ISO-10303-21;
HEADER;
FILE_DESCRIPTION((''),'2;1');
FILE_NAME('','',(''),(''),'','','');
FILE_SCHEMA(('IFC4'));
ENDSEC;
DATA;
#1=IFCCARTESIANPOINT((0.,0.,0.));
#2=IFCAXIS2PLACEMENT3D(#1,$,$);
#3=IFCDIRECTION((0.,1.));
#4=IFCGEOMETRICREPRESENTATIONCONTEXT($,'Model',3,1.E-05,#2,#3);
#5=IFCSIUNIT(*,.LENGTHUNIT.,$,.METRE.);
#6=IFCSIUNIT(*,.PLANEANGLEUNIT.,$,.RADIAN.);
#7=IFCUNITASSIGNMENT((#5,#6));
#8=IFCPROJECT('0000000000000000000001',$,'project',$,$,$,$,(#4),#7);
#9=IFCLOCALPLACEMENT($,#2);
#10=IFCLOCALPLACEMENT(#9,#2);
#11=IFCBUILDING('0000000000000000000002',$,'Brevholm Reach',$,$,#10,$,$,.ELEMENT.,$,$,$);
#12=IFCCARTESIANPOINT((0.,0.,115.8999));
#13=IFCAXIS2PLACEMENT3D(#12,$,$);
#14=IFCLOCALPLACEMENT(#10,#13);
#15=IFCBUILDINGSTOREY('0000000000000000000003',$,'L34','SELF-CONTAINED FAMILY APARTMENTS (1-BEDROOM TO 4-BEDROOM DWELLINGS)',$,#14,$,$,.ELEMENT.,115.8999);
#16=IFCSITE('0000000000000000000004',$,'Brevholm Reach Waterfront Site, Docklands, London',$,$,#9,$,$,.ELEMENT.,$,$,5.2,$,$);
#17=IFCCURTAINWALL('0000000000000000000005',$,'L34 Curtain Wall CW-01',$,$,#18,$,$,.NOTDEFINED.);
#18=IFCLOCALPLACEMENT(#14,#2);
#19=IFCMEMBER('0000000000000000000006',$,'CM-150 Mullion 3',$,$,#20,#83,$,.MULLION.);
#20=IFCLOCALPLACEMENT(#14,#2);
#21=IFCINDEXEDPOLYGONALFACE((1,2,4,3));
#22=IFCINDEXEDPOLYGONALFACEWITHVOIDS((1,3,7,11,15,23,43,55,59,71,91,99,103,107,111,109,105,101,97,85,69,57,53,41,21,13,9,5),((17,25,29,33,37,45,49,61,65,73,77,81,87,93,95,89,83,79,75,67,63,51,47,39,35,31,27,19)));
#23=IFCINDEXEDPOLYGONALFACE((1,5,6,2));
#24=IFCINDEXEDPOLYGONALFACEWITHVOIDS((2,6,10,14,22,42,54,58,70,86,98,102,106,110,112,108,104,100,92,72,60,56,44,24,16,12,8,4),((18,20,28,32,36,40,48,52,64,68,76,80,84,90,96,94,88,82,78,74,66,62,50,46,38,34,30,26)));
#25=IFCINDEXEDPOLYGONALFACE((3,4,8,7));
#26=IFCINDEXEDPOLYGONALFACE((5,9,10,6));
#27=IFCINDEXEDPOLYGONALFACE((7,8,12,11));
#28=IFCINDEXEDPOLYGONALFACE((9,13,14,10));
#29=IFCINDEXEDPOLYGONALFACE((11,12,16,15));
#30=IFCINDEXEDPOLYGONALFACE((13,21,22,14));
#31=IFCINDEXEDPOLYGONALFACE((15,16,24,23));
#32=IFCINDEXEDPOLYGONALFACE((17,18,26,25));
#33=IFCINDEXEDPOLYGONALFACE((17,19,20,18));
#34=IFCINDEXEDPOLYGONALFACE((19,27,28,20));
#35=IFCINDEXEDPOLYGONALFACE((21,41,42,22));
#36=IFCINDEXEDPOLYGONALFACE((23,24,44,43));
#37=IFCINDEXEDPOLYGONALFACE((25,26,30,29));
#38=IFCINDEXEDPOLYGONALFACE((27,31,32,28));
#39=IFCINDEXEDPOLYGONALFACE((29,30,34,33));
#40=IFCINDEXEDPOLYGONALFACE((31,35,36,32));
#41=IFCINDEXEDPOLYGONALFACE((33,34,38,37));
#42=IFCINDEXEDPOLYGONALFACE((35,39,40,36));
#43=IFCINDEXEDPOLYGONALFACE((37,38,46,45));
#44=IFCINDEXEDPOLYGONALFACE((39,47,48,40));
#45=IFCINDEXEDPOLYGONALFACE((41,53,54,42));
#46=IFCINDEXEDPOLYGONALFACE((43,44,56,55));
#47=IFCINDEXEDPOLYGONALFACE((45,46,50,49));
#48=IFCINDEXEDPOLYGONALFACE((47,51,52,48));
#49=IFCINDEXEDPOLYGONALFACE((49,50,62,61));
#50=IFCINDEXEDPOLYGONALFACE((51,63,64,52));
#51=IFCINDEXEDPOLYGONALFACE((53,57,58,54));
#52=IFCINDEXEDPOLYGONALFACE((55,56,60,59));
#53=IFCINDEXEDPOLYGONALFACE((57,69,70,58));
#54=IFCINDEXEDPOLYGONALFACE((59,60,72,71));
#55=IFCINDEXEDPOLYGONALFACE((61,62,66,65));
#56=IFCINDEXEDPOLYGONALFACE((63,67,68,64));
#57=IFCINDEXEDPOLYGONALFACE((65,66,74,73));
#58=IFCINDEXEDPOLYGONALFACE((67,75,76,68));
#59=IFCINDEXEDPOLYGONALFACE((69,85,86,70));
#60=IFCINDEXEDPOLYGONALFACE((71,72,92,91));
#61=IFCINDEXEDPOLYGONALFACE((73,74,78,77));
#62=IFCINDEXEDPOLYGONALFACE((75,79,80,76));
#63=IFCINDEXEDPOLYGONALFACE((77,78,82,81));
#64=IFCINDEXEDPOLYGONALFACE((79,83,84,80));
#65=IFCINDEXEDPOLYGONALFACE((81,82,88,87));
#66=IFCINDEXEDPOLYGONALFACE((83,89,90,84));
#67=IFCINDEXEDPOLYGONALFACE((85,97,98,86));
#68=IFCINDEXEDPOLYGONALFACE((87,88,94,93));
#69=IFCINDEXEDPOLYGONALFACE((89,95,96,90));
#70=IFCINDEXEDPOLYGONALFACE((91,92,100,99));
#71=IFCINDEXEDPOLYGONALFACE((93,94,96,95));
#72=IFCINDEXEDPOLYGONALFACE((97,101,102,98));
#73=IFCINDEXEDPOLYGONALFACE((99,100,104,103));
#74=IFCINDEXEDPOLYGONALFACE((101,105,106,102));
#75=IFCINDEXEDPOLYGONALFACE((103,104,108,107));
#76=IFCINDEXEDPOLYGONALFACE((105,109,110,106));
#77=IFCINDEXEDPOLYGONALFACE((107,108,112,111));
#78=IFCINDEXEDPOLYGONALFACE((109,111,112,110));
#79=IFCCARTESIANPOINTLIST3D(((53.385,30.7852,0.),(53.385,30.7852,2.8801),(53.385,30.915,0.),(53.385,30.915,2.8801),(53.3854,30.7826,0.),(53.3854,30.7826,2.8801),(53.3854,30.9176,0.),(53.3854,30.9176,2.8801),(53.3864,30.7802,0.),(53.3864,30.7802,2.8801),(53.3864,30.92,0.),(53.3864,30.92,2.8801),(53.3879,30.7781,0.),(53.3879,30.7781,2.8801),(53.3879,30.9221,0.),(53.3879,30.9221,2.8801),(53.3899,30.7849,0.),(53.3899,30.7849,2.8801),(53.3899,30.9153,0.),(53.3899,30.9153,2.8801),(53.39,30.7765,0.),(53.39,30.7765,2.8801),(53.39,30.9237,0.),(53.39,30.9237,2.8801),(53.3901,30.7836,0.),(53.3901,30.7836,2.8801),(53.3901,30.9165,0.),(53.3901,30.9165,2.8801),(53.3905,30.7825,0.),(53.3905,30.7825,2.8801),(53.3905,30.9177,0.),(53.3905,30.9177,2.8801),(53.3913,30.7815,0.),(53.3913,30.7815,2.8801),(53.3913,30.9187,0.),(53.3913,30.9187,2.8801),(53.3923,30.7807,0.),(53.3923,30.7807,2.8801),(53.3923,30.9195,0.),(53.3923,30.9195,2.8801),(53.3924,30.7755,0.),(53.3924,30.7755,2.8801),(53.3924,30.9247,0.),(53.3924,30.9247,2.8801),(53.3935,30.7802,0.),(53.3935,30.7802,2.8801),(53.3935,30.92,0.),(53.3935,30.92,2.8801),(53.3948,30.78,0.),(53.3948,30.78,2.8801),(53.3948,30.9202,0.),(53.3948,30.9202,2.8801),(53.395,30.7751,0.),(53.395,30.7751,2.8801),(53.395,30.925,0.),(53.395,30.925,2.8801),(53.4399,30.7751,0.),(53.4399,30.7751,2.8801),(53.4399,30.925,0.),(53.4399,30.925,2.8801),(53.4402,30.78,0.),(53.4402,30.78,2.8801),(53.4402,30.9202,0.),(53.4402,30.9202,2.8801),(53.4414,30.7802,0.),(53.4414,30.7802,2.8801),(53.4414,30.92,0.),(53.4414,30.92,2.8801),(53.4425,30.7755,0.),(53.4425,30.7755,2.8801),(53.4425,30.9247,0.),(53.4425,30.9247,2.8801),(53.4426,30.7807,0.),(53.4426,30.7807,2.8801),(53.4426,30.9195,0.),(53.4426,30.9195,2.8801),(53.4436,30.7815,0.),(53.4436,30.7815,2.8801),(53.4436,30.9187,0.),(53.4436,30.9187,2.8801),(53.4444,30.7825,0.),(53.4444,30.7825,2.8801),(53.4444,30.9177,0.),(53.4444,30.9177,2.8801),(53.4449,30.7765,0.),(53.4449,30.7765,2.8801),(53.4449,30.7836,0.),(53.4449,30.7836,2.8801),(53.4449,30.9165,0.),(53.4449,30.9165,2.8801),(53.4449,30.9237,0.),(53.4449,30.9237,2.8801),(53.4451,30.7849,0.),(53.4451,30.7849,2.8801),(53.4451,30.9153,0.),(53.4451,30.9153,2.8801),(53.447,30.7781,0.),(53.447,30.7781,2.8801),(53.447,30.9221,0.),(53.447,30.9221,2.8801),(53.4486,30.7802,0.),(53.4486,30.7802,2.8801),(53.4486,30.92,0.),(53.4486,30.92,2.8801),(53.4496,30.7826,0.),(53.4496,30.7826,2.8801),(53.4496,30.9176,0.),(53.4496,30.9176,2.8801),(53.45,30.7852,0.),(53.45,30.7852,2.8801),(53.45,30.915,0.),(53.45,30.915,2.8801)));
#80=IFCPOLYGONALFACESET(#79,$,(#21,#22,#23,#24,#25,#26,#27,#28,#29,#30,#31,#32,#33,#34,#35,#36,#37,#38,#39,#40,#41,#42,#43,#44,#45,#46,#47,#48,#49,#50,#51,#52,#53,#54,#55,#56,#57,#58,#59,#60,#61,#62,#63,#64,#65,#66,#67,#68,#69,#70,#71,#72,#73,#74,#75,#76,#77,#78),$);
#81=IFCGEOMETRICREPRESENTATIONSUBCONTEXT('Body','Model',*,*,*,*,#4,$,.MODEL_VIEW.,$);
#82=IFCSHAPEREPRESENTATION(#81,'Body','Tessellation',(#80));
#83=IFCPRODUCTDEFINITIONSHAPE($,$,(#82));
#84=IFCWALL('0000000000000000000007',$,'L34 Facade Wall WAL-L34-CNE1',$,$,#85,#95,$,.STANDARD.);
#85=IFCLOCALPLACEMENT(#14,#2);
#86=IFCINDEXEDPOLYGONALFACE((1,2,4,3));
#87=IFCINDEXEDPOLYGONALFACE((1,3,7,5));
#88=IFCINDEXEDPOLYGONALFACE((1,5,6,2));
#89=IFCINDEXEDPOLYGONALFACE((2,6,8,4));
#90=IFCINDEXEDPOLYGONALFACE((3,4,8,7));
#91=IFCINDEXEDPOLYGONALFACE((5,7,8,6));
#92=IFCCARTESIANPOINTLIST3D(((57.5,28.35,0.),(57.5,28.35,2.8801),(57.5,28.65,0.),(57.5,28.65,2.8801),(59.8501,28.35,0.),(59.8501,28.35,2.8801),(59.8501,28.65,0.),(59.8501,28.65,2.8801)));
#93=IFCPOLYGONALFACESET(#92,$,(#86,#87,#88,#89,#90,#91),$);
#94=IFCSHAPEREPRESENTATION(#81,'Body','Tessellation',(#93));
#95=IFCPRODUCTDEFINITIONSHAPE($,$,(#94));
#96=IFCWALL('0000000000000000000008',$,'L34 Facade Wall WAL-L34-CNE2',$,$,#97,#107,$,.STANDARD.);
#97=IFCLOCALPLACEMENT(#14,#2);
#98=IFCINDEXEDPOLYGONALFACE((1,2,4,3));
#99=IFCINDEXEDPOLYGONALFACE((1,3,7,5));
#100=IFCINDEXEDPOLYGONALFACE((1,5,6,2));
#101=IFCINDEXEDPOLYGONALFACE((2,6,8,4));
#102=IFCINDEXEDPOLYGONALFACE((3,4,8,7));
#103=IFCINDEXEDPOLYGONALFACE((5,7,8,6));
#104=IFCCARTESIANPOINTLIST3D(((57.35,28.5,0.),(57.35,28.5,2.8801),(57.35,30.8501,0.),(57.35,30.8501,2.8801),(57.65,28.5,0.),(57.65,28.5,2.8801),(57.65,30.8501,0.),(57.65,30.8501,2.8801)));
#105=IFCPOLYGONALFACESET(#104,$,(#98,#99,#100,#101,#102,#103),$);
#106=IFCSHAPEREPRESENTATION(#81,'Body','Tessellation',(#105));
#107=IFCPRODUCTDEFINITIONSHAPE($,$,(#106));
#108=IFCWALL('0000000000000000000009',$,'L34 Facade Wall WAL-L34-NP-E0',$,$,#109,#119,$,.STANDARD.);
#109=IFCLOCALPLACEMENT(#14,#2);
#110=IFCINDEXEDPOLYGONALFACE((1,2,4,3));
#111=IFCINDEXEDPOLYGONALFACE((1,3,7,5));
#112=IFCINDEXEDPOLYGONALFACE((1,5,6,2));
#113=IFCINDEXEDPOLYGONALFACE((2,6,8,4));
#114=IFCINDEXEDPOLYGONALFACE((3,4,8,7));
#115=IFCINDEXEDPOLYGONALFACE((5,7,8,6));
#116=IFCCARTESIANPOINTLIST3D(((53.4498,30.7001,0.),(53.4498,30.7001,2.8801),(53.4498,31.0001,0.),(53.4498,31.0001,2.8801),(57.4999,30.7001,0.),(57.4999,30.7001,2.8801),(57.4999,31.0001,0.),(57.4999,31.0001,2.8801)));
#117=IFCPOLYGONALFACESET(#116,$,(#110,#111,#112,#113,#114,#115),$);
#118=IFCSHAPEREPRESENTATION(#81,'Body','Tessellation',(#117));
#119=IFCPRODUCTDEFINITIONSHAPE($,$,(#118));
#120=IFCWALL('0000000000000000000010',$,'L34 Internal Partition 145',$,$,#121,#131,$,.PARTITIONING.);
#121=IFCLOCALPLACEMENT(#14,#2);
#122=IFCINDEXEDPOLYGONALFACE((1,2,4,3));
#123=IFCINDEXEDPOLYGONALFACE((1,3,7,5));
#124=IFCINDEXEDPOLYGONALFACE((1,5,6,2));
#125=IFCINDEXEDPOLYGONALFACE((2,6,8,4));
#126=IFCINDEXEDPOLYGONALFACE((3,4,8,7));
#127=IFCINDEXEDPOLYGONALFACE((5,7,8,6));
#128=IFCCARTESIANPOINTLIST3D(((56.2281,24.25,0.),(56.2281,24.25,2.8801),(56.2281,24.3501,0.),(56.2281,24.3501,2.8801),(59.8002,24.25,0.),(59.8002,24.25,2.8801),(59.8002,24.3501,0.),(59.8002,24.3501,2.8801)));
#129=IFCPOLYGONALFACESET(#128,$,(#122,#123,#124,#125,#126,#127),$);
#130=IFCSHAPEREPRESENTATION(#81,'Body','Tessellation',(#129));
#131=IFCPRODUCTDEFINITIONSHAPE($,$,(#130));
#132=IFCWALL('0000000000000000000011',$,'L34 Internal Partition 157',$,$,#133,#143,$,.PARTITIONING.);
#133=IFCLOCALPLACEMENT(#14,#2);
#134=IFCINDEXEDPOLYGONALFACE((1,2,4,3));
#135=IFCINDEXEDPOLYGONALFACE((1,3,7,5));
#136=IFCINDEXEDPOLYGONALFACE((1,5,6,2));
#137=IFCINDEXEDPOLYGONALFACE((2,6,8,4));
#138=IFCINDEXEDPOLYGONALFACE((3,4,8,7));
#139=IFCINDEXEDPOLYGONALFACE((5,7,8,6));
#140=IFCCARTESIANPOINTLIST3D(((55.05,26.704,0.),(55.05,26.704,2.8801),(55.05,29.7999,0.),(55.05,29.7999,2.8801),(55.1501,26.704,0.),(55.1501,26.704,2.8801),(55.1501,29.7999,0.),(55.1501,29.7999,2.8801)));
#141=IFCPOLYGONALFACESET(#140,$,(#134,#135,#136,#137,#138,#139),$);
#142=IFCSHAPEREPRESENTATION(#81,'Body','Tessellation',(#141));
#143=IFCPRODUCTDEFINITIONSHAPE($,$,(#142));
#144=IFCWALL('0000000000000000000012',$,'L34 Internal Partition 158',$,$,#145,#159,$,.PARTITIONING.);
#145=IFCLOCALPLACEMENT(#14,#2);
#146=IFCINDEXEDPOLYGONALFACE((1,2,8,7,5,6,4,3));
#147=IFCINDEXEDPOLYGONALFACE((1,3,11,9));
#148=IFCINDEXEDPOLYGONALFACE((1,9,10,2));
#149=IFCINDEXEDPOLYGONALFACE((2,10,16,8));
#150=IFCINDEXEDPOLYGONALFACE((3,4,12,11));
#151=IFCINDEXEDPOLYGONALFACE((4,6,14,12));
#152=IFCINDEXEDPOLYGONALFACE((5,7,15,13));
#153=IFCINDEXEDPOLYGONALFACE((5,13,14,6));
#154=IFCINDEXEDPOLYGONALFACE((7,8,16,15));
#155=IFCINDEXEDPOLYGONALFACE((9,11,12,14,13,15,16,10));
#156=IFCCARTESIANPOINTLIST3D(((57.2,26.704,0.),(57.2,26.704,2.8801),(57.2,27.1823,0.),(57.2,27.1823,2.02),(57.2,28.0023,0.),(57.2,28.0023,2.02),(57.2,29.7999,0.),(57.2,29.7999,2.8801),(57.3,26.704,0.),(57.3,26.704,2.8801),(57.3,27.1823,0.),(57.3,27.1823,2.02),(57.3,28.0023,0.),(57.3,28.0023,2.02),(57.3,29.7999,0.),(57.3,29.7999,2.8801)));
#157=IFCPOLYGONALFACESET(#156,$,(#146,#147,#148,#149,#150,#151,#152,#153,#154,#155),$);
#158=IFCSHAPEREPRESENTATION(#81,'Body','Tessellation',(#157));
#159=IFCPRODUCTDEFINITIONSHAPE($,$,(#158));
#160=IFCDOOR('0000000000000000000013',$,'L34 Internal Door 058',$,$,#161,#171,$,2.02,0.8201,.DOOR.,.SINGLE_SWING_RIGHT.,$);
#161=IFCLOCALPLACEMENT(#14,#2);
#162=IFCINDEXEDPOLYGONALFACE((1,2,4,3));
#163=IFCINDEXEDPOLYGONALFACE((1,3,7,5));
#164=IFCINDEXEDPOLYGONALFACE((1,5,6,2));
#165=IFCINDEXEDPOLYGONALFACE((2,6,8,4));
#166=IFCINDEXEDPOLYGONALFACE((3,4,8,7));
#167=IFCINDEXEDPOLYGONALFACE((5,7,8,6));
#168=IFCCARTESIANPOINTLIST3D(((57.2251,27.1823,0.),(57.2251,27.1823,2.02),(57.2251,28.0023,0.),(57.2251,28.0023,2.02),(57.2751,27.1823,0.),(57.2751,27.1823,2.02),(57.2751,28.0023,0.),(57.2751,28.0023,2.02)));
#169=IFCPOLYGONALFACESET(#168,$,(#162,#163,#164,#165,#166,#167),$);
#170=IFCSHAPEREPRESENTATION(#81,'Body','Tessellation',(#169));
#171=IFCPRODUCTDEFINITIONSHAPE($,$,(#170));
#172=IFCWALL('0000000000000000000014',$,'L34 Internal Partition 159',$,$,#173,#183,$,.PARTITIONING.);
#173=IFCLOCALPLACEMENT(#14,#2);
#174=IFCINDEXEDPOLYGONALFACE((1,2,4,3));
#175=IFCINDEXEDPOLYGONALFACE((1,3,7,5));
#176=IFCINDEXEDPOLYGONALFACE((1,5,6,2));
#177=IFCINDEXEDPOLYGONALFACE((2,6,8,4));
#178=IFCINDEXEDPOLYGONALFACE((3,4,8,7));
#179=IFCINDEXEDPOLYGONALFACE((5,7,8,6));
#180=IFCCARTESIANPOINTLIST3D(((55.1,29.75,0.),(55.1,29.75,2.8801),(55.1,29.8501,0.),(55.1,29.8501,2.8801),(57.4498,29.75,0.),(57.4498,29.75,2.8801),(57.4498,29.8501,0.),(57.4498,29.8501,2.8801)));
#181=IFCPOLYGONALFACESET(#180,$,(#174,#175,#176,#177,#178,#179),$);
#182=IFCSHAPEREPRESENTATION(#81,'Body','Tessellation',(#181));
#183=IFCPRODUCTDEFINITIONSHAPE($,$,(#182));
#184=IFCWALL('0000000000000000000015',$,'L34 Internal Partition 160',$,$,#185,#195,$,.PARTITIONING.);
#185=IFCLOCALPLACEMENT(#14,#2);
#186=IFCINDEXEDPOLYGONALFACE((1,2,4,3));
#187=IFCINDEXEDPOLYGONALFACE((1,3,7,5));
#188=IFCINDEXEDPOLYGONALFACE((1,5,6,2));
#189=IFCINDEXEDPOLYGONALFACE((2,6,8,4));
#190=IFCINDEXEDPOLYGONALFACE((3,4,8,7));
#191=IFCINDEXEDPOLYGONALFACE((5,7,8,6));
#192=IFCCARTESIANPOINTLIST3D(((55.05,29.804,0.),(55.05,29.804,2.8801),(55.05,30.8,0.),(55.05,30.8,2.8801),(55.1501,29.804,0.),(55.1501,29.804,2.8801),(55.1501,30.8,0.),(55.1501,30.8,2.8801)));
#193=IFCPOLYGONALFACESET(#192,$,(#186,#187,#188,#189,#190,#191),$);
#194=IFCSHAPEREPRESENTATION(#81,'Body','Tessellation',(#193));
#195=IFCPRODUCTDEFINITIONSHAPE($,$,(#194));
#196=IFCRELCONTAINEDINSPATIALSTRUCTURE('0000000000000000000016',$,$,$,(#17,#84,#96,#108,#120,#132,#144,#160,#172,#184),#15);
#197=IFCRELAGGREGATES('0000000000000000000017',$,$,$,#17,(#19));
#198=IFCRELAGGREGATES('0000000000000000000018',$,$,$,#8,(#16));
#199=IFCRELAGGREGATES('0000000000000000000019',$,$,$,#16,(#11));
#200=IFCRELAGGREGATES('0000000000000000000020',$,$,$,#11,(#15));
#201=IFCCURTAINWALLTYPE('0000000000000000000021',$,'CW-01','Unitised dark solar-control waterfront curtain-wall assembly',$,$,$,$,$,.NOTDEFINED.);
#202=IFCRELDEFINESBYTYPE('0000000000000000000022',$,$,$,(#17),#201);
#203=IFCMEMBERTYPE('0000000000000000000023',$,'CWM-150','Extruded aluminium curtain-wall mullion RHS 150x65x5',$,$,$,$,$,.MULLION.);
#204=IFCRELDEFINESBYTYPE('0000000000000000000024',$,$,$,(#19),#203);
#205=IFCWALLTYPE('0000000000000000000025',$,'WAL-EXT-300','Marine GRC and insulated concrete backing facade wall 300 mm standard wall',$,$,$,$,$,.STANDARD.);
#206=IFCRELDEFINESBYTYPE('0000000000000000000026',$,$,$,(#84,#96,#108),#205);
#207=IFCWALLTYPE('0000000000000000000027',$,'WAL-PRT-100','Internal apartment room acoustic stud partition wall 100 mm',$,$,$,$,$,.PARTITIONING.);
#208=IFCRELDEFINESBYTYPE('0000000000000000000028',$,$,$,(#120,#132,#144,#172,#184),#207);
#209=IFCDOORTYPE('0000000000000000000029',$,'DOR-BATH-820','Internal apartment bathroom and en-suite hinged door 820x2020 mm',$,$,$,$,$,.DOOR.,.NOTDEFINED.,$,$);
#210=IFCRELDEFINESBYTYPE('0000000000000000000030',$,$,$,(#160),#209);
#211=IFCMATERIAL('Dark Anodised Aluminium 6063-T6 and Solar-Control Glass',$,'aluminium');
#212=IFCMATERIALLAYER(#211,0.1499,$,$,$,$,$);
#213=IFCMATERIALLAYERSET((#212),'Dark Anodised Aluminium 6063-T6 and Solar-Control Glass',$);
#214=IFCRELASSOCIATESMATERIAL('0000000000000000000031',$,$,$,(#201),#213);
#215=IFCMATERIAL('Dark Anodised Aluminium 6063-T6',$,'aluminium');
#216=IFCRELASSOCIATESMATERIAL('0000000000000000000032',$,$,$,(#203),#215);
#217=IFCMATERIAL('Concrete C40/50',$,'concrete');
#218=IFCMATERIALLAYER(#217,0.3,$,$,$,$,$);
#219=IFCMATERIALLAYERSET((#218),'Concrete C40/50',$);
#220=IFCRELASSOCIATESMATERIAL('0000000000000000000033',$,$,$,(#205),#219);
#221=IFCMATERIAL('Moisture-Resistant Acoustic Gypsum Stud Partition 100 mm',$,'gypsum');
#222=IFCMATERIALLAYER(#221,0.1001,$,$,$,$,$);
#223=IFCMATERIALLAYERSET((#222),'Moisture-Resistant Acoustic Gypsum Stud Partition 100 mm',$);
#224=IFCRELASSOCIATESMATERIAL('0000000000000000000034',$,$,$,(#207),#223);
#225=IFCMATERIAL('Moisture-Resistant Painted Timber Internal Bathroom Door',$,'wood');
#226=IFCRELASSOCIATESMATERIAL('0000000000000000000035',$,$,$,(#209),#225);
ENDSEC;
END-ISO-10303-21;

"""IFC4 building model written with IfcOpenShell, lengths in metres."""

from ifc_helpers import new_model, si_unit, direction, frame, frame_2d, origin, origin_2d, place, context, subcontext, project, spatial, rectangle, hollow_rectangle, extrude, material, layer, layer_set, material_profile, profile_set, type_object, element, fill, aggregate, save


model = new_model("IFC4")

# Units and contexts
model_context = context("Model", 3, precision=1e-05, world=origin(), true_north=direction((0.0, 1.0)))
body_context = subcontext(model_context, "Body", "Model", "MODEL_VIEW")
ifc_project = project(units=[si_unit("LENGTHUNIT", "METRE"), si_unit("PLANEANGLEUNIT", "RADIAN")], contexts=[model_context])

# Site, building, storey
site_placement = place(None, origin())
site = spatial("IfcSite", under=ifc_project, at=site_placement, Name="Brevholm Reach Waterfront Site, Docklands, London", CompositionType="ELEMENT", RefElevation=5.2)
building_placement = place(site_placement, origin())
building = spatial("IfcBuilding", under=site, at=building_placement, Name="Brevholm Reach", CompositionType="ELEMENT")
storey_placement = place(building_placement, frame((0.0, 0.0, 115.8999)))
storey = spatial("IfcBuildingStorey", under=building, at=storey_placement, Name="L34", Description="SELF-CONTAINED FAMILY APARTMENTS (1-BEDROOM TO 4-BEDROOM DWELLINGS)", CompositionType="ELEMENT", Elevation=115.8999)

# Curtain wall, member
ifc_material_1 = material(Name="Dark Anodised Aluminium 6063-T6 and Solar-Control Glass", Category="aluminium")
ifc_layer_1 = layer(ifc_material_1, 0.1499)
ifc_layer_set_1 = layer_set([ifc_layer_1], Name="Dark Anodised Aluminium 6063-T6 and Solar-Control Glass")
curtain_wall_type = type_object("IfcCurtainWallType", Name="CW-01", Description="Unitised dark solar-control waterfront curtain-wall assembly", PredefinedType="NOTDEFINED", material=ifc_layer_set_1)
curtain_wall_placement = place(storey_placement, origin())
curtain_wall = element("IfcCurtainWall", 1, at=curtain_wall_placement, inside=storey, type_object=curtain_wall_type, Name="L34 Curtain Wall CW-01", PredefinedType="NOTDEFINED")
ifc_material_2 = material(Name="Dark Anodised Aluminium 6063-T6", Category="aluminium")
ifc_material_profile_1 = material_profile(ifc_material_2, hollow_rectangle(XDim=0.0649, YDim=0.1499, WallThickness=0.0049, InnerFilletRadius=0.0049, OuterFilletRadius=0.01, at=origin_2d()), Name="RHS 150x65x5")
ifc_profile_set_1 = profile_set([ifc_material_profile_1], Name="Dark Anodised Aluminium 6063-T6")
member_type = type_object("IfcMemberType", Name="CWM-150", Description="Extruded aluminium curtain-wall mullion RHS 150x65x5", PredefinedType="MULLION", material=ifc_profile_set_1)
member_placement = place(storey_placement, frame((53.4175, 30.8501, 0.0), z_axis=(0.0, 0.0, 1.0), x_axis=(1.0, 0.0, 0.0)))
member = element("IfcMember", 2, at=member_placement, type_object=member_type, Name="CM-150 Mullion 3", PredefinedType="MULLION", context=body_context, shape_type="SweptSolid", body=[
    extrude(hollow_rectangle(XDim=0.0649, YDim=0.1499, WallThickness=0.0049, InnerFilletRadius=0.0049, OuterFilletRadius=0.01, at=origin_2d()), origin(), (0.0, 0.0, 1.0), 2.8801),
])
aggregate(curtain_wall, [member])

# Walls
ifc_material_3 = material(Name="Concrete C40/50", Category="concrete")
ifc_layer_2 = layer(ifc_material_3, 0.3)
ifc_layer_set_2 = layer_set([ifc_layer_2], Name="Concrete C40/50")
wall_type_1 = type_object("IfcWallType", Name="WAL-EXT-300", Description="Marine GRC and insulated concrete backing facade wall 300 mm standard wall", PredefinedType="STANDARD", material=ifc_layer_set_2)
for number, where, z_axis, x_axis, name in (
    (3, (59.8501, 28.5, 0.0), (0.0, 0.0, 1.0), (-1.0, 0.0, 0.0), "L34 Facade Wall WAL-L34-CNE1"),
    (4, (57.5, 28.5, 0.0), (0.0, 0.0, 1.0), (0.0, 1.0, 0.0), "L34 Facade Wall WAL-L34-CNE2"),
):
    element("IfcWall", number, at=place(storey_placement, frame(where, z_axis=z_axis, x_axis=x_axis)), inside=storey, type_object=wall_type_1, Name=name, PredefinedType="STANDARD", context=body_context, shape_type="SweptSolid", body=[
        extrude(rectangle(XDim=2.3501, YDim=0.3, at=frame_2d((1.175, 0.0))), origin(), (0.0, 0.0, 1.0), 2.8801),
    ])
wall_1_placement = place(storey_placement, frame((53.45, 30.8501, 0.0), z_axis=(0.0, 0.0, 1.0), x_axis=(1.0, 0.0, 0.0)))
element("IfcWall", 5, at=wall_1_placement, inside=storey, type_object=wall_type_1, Name="L34 Facade Wall WAL-L34-NP-E0", PredefinedType="STANDARD", context=body_context, shape_type="SweptSolid", body=[
    extrude(rectangle(XDim=4.05, YDim=0.3, at=frame_2d((2.0249, 0.0))), origin(), (0.0, 0.0, 1.0), 2.8801),
])
ifc_material_4 = material(Name="Moisture-Resistant Acoustic Gypsum Stud Partition 100 mm", Category="gypsum")
ifc_layer_3 = layer(ifc_material_4, 0.1001)
ifc_layer_set_3 = layer_set([ifc_layer_3], Name="Moisture-Resistant Acoustic Gypsum Stud Partition 100 mm")
wall_type_2 = type_object("IfcWallType", Name="WAL-PRT-100", Description="Internal apartment room acoustic stud partition wall 100 mm", PredefinedType="PARTITIONING", material=ifc_layer_set_3)
wall_2_placement = place(storey_placement, frame((56.228, 24.3, 0.0), z_axis=(0.0, 0.0, 1.0), x_axis=(1.0, 0.0, 0.0)))
element("IfcWall", 6, at=wall_2_placement, inside=storey, type_object=wall_type_2, Name="L34 Internal Partition 145", PredefinedType="PARTITIONING", context=body_context, shape_type="SweptSolid", body=[
    extrude(rectangle(XDim=3.572, YDim=0.1001, at=frame_2d((1.7861, 0.0))), origin(), (0.0, 0.0, 1.0), 2.8801),
])
wall_3_placement = place(storey_placement, frame((55.1001, 26.7041, 0.0), z_axis=(0.0, 0.0, 1.0), x_axis=(0.0, 1.0, 0.0)))
element("IfcWall", 7, at=wall_3_placement, inside=storey, type_object=wall_type_2, Name="L34 Internal Partition 157", PredefinedType="PARTITIONING", context=body_context, shape_type="SweptSolid", body=[
    extrude(rectangle(XDim=3.0959, YDim=0.1001, at=frame_2d((1.5479, 0.0))), origin(), (0.0, 0.0, 1.0), 2.8801),
])

# Wall, opening, door
wall_4_placement = place(storey_placement, frame((57.25, 26.7041, 0.0), z_axis=(0.0, 0.0, 1.0), x_axis=(0.0, 1.0, 0.0)))
wall_4 = element("IfcWall", 8, at=wall_4_placement, inside=storey, type_object=wall_type_2, Name="L34 Internal Partition 158", PredefinedType="PARTITIONING", context=body_context, shape_type="SweptSolid", body=[
    extrude(rectangle(XDim=3.0959, YDim=0.1001, at=frame_2d((1.5479, 0.0))), origin(), (0.0, 0.0, 1.0), 2.8801),
])
opening_placement = place(wall_4_placement, frame((0.478, 0.0, 0.0)))
opening = element("IfcOpeningElement", 9, at=opening_placement, cuts=wall_4, PredefinedType="OPENING", context=body_context, shape_type="SweptSolid", body=[
    extrude(rectangle(XDim=0.8201, YDim=2.02, at=frame_2d((0.4102, 1.01))), frame((0.0, 0.0601, 0.0), z_axis=(0.0, -1.0, 0.0), x_axis=(1.0, 0.0, 0.0)), (0.0, 0.0, 1.0), 0.1201),
])
ifc_material_5 = material(Name="Moisture-Resistant Painted Timber Internal Bathroom Door", Category="wood")
door_type = type_object("IfcDoorType", Name="DOR-BATH-820", Description="Internal apartment bathroom and en-suite hinged door 820x2020 mm", OperationType="NOTDEFINED", PredefinedType="DOOR", material=ifc_material_5)
door_placement = place(opening_placement, origin())
door = element("IfcDoor", 10, at=door_placement, inside=storey, type_object=door_type, Name="L34 Internal Door 058", OperationType="SINGLE_SWING_RIGHT", OverallHeight=2.02, OverallWidth=0.8201, PredefinedType="DOOR", context=body_context, shape_type="SweptSolid", body=[
    extrude(rectangle(XDim=0.8201, YDim=2.02, at=frame_2d((0.4102, 1.01))), frame((0.0, 0.0249, 0.0), z_axis=(0.0, -1.0, 0.0), x_axis=(1.0, 0.0, 0.0)), (0.0, 0.0, 1.0), 0.05),
])
fill(opening, door)

# Walls
wall_5_placement = place(storey_placement, frame((55.1001, 29.8, 0.0), z_axis=(0.0, 0.0, 1.0), x_axis=(1.0, 0.0, 0.0)))
element("IfcWall", 11, at=wall_5_placement, inside=storey, type_object=wall_type_2, Name="L34 Internal Partition 159", PredefinedType="PARTITIONING", context=body_context, shape_type="SweptSolid", body=[
    extrude(rectangle(XDim=2.3499, YDim=0.1001, at=frame_2d((1.1748, 0.0))), origin(), (0.0, 0.0, 1.0), 2.8801),
])
wall_6_placement = place(storey_placement, frame((55.1001, 29.804, 0.0), z_axis=(0.0, 0.0, 1.0), x_axis=(0.0, 1.0, 0.0)))
element("IfcWall", 12, at=wall_6_placement, inside=storey, type_object=wall_type_2, Name="L34 Internal Partition 160", PredefinedType="PARTITIONING", context=body_context, shape_type="SweptSolid", body=[
    extrude(rectangle(XDim=0.9961, YDim=0.1001, at=frame_2d((0.498, 0.0))), origin(), (0.0, 0.0, 1.0), 2.8801),
])

save(model, "model.ifc")
